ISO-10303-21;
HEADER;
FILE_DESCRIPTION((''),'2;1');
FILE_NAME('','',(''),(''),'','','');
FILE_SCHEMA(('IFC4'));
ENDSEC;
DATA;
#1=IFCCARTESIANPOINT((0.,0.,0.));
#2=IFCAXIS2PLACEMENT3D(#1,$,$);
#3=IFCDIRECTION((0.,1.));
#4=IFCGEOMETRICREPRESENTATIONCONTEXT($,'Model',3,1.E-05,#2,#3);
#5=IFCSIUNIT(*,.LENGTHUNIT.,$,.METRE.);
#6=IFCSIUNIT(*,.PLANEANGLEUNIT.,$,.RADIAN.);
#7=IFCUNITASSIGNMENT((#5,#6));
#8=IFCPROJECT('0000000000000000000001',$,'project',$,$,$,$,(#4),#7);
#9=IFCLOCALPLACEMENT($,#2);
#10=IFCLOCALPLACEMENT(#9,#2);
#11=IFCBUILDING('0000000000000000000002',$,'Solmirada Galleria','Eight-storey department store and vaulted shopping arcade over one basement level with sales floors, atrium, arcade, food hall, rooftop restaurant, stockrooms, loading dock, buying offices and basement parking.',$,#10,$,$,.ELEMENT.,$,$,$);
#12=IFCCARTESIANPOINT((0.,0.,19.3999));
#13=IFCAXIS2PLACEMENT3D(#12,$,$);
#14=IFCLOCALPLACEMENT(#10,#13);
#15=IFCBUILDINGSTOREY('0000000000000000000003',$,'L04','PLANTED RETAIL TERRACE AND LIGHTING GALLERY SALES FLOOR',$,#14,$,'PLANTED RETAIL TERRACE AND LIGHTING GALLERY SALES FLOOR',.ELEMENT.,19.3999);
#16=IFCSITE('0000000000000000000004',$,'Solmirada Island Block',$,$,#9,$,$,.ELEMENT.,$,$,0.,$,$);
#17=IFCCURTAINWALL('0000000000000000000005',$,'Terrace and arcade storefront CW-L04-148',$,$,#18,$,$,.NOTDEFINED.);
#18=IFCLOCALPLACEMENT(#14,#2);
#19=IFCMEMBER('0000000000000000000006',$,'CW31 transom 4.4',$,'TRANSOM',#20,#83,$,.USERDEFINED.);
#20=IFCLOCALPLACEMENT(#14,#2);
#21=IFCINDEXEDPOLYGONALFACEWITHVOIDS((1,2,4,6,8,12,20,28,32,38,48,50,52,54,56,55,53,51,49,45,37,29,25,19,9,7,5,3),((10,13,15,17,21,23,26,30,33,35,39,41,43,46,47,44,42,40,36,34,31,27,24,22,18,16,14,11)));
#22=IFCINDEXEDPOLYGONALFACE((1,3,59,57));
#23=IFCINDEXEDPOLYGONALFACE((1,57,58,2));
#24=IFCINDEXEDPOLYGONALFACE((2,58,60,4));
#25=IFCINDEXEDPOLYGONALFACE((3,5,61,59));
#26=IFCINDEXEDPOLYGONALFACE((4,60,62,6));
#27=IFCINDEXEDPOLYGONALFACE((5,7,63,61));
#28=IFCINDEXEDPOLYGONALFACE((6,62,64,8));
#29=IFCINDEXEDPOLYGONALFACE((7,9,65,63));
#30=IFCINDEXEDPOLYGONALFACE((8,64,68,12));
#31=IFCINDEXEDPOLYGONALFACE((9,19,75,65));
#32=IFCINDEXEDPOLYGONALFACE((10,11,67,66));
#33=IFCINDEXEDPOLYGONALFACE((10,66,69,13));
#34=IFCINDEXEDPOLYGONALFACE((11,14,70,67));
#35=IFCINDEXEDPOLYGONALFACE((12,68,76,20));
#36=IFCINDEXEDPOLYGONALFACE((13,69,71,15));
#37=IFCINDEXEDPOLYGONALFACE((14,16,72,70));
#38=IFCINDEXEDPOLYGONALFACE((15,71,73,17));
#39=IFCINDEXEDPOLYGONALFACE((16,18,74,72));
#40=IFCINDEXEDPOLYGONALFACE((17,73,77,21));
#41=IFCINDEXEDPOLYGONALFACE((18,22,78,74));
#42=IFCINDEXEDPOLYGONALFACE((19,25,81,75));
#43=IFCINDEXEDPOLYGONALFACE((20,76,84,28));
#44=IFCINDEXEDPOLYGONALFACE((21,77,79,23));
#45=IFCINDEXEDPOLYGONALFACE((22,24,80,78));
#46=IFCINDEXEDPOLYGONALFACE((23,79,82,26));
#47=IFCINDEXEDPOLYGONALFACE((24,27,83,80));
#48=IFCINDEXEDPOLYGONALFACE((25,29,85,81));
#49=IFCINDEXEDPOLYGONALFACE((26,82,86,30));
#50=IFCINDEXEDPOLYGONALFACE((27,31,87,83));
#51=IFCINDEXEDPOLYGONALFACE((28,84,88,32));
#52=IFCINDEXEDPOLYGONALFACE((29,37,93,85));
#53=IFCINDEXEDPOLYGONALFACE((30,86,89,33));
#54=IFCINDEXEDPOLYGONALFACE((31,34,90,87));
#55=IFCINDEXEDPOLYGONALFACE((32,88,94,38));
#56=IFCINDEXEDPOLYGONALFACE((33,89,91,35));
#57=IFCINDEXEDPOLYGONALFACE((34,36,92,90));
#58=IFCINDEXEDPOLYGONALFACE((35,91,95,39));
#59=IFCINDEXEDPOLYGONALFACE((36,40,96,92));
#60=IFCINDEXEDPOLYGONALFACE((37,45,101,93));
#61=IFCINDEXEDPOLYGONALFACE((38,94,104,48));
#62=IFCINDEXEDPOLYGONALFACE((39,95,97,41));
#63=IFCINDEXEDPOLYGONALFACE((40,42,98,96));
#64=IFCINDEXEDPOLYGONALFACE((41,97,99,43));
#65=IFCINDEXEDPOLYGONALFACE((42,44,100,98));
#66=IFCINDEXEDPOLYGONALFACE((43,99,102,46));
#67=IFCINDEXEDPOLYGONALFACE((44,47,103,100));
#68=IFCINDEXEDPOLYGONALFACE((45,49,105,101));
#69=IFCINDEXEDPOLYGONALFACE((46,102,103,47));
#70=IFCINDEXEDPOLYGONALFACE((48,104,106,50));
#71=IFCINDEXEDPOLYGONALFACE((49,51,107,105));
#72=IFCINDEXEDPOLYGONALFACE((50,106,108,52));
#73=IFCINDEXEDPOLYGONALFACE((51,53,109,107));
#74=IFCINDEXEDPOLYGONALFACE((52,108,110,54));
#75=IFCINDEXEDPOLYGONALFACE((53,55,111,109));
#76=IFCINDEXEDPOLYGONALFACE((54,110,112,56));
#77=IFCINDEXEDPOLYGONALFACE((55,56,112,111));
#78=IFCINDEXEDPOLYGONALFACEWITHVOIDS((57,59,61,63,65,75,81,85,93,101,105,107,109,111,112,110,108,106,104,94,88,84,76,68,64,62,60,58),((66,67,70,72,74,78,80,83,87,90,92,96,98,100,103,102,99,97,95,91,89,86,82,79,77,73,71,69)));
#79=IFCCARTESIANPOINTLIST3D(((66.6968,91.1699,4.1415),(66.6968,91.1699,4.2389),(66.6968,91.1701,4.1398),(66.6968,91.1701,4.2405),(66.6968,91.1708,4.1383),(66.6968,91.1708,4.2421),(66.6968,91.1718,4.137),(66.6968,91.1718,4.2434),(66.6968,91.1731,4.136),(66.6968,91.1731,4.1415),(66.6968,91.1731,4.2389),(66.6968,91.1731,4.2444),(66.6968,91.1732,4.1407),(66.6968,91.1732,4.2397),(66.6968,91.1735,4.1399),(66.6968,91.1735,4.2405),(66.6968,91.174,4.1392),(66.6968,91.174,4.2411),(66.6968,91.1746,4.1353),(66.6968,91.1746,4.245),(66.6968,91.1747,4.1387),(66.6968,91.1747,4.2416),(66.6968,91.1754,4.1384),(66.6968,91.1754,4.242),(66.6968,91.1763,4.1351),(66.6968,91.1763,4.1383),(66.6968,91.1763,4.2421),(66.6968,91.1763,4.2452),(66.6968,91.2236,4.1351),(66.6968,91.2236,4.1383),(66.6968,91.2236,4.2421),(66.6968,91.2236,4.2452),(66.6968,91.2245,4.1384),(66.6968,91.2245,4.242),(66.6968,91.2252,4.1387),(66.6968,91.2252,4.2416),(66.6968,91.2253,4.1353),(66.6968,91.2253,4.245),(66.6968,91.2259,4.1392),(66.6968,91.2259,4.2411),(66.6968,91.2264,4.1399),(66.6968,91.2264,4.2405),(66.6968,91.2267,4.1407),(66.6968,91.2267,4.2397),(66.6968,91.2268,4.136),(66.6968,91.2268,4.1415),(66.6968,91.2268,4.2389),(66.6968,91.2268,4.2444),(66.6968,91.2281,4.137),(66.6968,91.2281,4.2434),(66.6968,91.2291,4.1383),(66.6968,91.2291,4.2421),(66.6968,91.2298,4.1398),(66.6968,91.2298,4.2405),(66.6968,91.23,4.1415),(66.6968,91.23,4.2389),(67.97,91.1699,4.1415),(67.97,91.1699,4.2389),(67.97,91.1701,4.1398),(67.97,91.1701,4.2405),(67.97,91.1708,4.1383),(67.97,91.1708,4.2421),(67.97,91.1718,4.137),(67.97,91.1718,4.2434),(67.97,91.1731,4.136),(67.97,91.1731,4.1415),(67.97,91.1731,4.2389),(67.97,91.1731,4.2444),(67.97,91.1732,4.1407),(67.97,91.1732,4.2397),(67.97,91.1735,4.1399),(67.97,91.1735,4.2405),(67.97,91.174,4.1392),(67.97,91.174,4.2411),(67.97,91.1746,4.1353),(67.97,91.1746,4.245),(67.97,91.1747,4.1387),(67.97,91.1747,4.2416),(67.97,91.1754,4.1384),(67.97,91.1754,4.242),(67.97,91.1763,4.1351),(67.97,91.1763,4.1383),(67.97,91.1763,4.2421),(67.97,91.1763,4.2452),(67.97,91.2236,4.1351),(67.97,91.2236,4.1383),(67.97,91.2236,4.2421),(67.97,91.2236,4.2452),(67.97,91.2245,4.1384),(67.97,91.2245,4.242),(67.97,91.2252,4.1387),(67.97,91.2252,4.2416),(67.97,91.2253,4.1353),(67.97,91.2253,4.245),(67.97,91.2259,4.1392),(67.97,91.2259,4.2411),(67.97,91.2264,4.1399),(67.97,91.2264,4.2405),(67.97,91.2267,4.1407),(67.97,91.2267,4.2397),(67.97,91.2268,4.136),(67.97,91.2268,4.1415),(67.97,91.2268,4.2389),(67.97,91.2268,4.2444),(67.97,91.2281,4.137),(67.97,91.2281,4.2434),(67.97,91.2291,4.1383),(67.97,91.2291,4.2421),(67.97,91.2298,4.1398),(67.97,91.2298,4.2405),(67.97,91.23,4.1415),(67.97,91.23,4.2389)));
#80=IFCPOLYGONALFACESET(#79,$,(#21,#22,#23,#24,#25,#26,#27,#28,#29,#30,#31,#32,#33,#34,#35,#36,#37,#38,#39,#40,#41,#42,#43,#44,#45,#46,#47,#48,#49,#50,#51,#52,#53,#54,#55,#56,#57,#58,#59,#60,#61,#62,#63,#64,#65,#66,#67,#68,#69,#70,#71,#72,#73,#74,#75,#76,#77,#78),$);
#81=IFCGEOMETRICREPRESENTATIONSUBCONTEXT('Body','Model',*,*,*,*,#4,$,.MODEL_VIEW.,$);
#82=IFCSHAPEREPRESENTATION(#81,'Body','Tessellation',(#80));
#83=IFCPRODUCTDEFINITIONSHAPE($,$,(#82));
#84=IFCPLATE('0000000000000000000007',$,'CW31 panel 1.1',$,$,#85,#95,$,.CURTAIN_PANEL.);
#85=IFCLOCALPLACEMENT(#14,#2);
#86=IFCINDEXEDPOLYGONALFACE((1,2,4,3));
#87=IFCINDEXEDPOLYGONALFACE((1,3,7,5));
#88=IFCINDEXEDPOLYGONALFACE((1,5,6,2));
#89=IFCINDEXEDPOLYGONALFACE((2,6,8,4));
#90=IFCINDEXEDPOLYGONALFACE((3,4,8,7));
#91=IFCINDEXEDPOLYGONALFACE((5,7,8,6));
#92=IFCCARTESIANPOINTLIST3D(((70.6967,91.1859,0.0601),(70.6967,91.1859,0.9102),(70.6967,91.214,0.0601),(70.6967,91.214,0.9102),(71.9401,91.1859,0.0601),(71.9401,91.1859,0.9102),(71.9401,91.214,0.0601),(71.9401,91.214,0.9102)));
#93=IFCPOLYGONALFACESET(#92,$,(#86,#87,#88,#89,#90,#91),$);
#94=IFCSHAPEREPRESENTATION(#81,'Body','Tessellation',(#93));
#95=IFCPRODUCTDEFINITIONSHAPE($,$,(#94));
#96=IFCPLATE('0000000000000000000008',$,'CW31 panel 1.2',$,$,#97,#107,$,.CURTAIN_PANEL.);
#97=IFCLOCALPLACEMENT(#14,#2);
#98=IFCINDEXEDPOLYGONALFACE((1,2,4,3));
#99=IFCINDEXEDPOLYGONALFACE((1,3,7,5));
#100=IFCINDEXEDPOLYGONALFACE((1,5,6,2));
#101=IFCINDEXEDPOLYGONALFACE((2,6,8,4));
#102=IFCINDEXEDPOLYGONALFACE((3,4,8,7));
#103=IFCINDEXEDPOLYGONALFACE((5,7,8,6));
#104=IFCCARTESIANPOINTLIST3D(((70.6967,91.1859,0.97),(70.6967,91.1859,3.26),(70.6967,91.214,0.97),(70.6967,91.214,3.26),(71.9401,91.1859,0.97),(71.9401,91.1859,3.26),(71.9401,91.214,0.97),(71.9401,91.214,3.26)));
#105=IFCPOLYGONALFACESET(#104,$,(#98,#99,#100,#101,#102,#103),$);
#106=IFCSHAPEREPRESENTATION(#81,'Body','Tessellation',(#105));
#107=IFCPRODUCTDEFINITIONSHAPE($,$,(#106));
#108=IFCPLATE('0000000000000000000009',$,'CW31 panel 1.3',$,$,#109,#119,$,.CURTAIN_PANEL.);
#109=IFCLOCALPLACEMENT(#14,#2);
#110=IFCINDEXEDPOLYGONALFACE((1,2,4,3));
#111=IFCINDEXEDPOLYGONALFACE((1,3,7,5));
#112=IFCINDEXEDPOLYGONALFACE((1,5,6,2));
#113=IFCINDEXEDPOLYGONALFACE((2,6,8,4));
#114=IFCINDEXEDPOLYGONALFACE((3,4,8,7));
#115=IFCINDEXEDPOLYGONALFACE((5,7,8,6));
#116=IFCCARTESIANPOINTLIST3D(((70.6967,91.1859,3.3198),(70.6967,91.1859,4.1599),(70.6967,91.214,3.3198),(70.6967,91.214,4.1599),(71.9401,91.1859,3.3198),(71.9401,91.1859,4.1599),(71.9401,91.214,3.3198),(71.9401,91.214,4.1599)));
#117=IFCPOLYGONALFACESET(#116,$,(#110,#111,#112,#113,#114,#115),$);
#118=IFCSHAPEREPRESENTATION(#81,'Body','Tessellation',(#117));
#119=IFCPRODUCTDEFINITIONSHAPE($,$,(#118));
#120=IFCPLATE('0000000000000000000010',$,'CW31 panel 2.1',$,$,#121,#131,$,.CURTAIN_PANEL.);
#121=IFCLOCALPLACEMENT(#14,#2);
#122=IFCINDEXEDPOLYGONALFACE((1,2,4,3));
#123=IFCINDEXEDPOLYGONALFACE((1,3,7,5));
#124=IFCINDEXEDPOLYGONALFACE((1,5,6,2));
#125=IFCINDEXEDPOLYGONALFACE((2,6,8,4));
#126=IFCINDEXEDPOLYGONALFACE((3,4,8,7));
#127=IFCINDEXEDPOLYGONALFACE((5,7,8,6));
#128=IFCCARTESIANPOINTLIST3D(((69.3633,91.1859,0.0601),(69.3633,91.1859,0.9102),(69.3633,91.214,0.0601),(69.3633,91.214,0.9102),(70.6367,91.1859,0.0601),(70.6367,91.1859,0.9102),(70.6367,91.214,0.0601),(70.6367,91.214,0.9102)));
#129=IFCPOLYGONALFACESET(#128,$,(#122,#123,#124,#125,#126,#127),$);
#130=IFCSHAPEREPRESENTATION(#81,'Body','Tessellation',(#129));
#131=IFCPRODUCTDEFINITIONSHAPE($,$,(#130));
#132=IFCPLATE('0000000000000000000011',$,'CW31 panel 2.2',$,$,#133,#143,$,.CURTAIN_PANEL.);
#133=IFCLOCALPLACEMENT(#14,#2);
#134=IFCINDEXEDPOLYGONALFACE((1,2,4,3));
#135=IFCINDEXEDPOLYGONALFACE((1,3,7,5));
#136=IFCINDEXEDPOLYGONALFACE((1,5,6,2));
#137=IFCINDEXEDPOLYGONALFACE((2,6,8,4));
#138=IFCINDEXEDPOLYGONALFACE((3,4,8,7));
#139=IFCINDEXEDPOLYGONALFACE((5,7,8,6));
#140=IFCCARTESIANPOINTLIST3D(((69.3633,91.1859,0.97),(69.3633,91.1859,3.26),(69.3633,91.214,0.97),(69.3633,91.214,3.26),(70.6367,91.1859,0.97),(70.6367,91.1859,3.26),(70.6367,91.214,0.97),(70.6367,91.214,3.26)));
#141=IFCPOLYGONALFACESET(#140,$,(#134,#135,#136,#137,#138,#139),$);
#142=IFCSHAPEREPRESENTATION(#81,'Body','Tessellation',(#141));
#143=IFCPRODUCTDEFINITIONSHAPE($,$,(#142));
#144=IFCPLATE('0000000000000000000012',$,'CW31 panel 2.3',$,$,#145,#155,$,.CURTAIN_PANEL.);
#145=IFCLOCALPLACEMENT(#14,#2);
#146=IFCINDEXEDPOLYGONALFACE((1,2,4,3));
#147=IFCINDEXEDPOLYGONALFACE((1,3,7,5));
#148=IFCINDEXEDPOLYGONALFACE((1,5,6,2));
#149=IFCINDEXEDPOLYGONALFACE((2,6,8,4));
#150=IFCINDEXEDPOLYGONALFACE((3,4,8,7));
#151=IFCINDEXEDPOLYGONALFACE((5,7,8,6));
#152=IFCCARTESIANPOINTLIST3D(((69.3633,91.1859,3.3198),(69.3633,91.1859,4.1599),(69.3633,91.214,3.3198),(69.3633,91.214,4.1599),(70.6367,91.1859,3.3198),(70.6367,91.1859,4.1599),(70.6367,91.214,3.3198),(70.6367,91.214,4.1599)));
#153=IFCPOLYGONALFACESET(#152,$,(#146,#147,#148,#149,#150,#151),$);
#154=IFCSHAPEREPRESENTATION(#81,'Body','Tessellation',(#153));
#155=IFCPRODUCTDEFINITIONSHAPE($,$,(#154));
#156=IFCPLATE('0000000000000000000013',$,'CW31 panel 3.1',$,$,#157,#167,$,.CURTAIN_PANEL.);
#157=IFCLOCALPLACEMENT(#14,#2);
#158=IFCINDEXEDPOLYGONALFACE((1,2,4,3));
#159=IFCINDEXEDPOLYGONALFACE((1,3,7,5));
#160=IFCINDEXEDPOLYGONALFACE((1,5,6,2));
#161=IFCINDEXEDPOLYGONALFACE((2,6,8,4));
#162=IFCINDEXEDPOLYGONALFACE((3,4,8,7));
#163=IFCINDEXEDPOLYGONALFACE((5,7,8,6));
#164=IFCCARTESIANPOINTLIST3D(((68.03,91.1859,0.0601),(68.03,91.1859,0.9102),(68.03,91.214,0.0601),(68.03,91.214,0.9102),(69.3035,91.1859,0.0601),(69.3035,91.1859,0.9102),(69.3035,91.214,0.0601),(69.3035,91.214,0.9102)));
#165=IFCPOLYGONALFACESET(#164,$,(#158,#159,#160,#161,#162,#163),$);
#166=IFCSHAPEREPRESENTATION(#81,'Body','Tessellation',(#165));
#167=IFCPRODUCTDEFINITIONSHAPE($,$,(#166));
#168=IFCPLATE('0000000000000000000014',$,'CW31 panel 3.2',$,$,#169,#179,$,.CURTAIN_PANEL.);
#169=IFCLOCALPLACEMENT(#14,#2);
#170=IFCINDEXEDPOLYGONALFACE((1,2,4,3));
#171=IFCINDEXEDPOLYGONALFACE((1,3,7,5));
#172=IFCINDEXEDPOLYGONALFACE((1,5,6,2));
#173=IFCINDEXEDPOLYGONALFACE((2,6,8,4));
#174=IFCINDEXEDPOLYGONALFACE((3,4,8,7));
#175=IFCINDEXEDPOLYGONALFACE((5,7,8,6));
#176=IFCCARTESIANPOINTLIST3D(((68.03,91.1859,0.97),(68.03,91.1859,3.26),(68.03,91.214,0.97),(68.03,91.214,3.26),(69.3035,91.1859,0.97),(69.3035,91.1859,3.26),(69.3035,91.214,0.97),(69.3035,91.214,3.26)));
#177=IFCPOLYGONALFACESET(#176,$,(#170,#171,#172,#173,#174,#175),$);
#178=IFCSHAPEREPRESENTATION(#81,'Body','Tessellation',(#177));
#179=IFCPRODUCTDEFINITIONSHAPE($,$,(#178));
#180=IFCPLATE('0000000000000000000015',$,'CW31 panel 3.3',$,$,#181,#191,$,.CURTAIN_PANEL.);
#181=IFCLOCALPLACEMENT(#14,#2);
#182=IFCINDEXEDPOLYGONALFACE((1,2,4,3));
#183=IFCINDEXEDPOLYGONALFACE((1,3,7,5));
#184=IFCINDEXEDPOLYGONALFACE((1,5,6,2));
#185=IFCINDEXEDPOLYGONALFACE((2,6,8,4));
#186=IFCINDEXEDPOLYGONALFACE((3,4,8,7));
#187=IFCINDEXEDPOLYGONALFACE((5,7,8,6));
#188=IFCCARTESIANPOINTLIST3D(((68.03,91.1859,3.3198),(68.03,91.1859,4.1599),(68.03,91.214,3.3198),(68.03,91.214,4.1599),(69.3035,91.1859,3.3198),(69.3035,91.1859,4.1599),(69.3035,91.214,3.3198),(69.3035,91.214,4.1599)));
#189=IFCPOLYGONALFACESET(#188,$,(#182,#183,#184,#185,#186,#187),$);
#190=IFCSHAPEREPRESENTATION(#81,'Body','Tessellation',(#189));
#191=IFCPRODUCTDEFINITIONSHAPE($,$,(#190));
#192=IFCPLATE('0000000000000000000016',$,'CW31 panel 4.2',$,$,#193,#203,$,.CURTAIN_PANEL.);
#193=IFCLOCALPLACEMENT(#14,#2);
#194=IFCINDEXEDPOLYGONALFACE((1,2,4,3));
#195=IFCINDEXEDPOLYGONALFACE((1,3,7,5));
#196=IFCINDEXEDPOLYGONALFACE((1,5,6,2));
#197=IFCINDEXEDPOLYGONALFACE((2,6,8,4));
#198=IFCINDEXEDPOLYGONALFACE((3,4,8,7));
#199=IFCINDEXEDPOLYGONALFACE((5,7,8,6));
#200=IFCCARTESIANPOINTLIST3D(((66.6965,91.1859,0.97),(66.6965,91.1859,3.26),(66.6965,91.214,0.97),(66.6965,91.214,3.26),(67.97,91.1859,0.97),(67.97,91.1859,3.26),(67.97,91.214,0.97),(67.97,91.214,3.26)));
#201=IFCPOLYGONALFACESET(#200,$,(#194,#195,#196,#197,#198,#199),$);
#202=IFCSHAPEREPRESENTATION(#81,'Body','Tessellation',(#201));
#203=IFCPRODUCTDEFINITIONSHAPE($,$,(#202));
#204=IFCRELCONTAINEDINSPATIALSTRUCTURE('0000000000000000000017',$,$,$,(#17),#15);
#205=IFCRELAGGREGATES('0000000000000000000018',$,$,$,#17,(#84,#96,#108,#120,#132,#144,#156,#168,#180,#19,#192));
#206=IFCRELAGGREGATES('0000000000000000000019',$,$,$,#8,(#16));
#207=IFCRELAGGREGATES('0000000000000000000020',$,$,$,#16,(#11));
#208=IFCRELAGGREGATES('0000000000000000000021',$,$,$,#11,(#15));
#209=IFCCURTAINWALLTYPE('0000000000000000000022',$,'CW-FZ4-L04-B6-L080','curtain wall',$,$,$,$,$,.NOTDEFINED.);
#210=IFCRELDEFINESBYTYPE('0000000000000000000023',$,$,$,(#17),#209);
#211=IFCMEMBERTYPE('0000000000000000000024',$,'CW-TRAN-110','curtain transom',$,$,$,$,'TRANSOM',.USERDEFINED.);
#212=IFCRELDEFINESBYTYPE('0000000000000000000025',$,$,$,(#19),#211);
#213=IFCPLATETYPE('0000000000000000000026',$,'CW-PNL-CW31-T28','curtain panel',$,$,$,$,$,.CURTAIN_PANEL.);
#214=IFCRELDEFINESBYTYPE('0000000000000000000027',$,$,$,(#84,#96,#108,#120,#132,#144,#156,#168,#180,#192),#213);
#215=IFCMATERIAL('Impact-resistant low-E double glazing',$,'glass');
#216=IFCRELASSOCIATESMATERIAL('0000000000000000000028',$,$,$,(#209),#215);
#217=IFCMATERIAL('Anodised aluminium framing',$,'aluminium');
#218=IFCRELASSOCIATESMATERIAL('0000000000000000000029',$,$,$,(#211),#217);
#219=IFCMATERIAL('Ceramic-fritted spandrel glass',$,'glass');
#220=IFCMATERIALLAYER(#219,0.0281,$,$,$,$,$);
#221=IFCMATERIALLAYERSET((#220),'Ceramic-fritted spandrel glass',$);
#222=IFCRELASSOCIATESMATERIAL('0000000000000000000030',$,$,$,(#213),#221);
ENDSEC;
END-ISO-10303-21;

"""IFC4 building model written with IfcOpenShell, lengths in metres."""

from ifc_helpers import new_model, si_unit, direction, frame, origin, origin_2d, place, context, subcontext, project, spatial, rectangle, hollow_rectangle, extrude, material, layer, layer_set, material_profile, profile_set, type_object, element, aggregate, save


model = new_model("IFC4")

# Units and contexts
model_context = context("Model", 3, precision=1e-05, world=origin(), true_north=direction((0.0, 1.0)))
body_context = subcontext(model_context, "Body", "Model", "MODEL_VIEW")
ifc_project = project(units=[si_unit("LENGTHUNIT", "METRE"), si_unit("PLANEANGLEUNIT", "RADIAN")], contexts=[model_context])

# Site, building, storey
site_placement = place(None, origin())
site = spatial("IfcSite", under=ifc_project, at=site_placement, Name="Solmirada Island Block", CompositionType="ELEMENT", RefElevation=0.0)
building_placement = place(site_placement, origin())
building = spatial("IfcBuilding", under=site, at=building_placement, Name="Solmirada Galleria", Description="Eight-storey department store and vaulted shopping arcade over one basement level with sales floors, atrium, arcade, food hall, rooftop restaurant, stockrooms, loading dock, buying offices and basement parking.", CompositionType="ELEMENT")
storey_placement = place(building_placement, frame((0.0, 0.0, 19.3999)))
storey = spatial("IfcBuildingStorey", under=building, at=storey_placement, Name="L04", Description="PLANTED RETAIL TERRACE AND LIGHTING GALLERY SALES FLOOR", LongName="PLANTED RETAIL TERRACE AND LIGHTING GALLERY SALES FLOOR", CompositionType="ELEMENT", Elevation=19.3999)

# Curtain wall, member, plates
ifc_material_1 = material(Name="Impact-resistant low-E double glazing", Category="glass")
curtain_wall_type = type_object("IfcCurtainWallType", Name="CW-FZ4-L04-B6-L080", Description="curtain wall", PredefinedType="NOTDEFINED", material=ifc_material_1)
curtain_wall_placement = place(storey_placement, origin())
curtain_wall = element("IfcCurtainWall", 1, at=curtain_wall_placement, inside=storey, type_object=curtain_wall_type, Name="Terrace and arcade storefront CW-L04-148", PredefinedType="NOTDEFINED")
ifc_material_2 = material(Name="Anodised aluminium framing", Category="aluminium")
ifc_material_profile_1 = material_profile(ifc_material_2, hollow_rectangle(XDim=0.0601, YDim=0.1101, WallThickness=0.0032, InnerFilletRadius=0.0032, OuterFilletRadius=0.0063, at=origin_2d()), Name="ALU-TRAN-110X60")
ifc_profile_set_1 = profile_set([ifc_material_profile_1], Name="Anodised aluminium framing")
member_type_1 = type_object("IfcMemberType", Name="CW-TRAN-110", Description="curtain transom", ElementType="TRANSOM", PredefinedType="USERDEFINED", material=ifc_profile_set_1)
member_1_placement = place(storey_placement, frame((67.97, 91.2, 4.1902), z_axis=(-1.0, 0.0, 0.0), x_axis=(0.0, -1.0, 0.0)))
member_1 = element("IfcMember", 2, at=member_1_placement, type_object=member_type_1, Name="CW31 transom 4.4", ObjectType="TRANSOM", PredefinedType="USERDEFINED", context=body_context, shape_type="SweptSolid", body=[
    extrude(hollow_rectangle(XDim=0.0601, YDim=0.1101, WallThickness=0.0032, InnerFilletRadius=0.0032, OuterFilletRadius=0.0063, at=origin_2d()), origin(), (0.0, 0.0, 1.0), 1.2732),
])
ifc_material_3 = material(Name="Ceramic-fritted spandrel glass", Category="glass")
ifc_layer = layer(ifc_material_3, 0.0281)
ifc_layer_set = layer_set([ifc_layer], Name="Ceramic-fritted spandrel glass")
plate_type = type_object("IfcPlateType", Name="CW-PNL-CW31-T28", Description="curtain panel", PredefinedType="CURTAIN_PANEL", material=ifc_layer_set)
plate_1_placement = place(storey_placement, frame((71.3184, 91.2, 0.0601), z_axis=(0.0, 0.0, 1.0), x_axis=(-1.0, 0.0, 0.0)))
plate_1 = element("IfcPlate", 3, at=plate_1_placement, type_object=plate_type, Name="CW31 panel 1.1", PredefinedType="CURTAIN_PANEL", context=body_context, shape_type="SweptSolid", body=[
    extrude(rectangle(XDim=1.2434, YDim=0.0281, at=origin_2d()), origin(), (0.0, 0.0, 1.0), 0.8501),
])
plate_2_placement = place(storey_placement, frame((71.3184, 91.2, 0.97), z_axis=(0.0, 0.0, 1.0), x_axis=(-1.0, 0.0, 0.0)))
plate_2 = element("IfcPlate", 4, at=plate_2_placement, type_object=plate_type, Name="CW31 panel 1.2", PredefinedType="CURTAIN_PANEL", context=body_context, shape_type="SweptSolid", body=[
    extrude(rectangle(XDim=1.2434, YDim=0.0281, at=origin_2d()), origin(), (0.0, 0.0, 1.0), 2.29),
])
plate_3_placement = place(storey_placement, frame((71.3184, 91.2, 3.3198), z_axis=(0.0, 0.0, 1.0), x_axis=(-1.0, 0.0, 0.0)))
plate_3 = element("IfcPlate", 5, at=plate_3_placement, type_object=plate_type, Name="CW31 panel 1.3", PredefinedType="CURTAIN_PANEL", context=body_context, shape_type="SweptSolid", body=[
    extrude(rectangle(XDim=1.2434, YDim=0.0281, at=origin_2d()), origin(), (0.0, 0.0, 1.0), 0.8401),
])
plate_4_placement = place(storey_placement, frame((70.0, 91.2, 0.0601), z_axis=(0.0, 0.0, 1.0), x_axis=(-1.0, 0.0, 0.0)))
plate_4 = element("IfcPlate", 6, at=plate_4_placement, type_object=plate_type, Name="CW31 panel 2.1", PredefinedType="CURTAIN_PANEL", context=body_context, shape_type="SweptSolid", body=[
    extrude(rectangle(XDim=1.2734, YDim=0.0281, at=origin_2d()), origin(), (0.0, 0.0, 1.0), 0.8501),
])
plate_5_placement = place(storey_placement, frame((70.0, 91.2, 0.97), z_axis=(0.0, 0.0, 1.0), x_axis=(-1.0, 0.0, 0.0)))
plate_5 = element("IfcPlate", 7, at=plate_5_placement, type_object=plate_type, Name="CW31 panel 2.2", PredefinedType="CURTAIN_PANEL", context=body_context, shape_type="SweptSolid", body=[
    extrude(rectangle(XDim=1.2734, YDim=0.0281, at=origin_2d()), origin(), (0.0, 0.0, 1.0), 2.29),
])
plate_6_placement = place(storey_placement, frame((70.0, 91.2, 3.3198), z_axis=(0.0, 0.0, 1.0), x_axis=(-1.0, 0.0, 0.0)))
plate_6 = element("IfcPlate", 8, at=plate_6_placement, type_object=plate_type, Name="CW31 panel 2.3", PredefinedType="CURTAIN_PANEL", context=body_context, shape_type="SweptSolid", body=[
    extrude(rectangle(XDim=1.2734, YDim=0.0281, at=origin_2d()), origin(), (0.0, 0.0, 1.0), 0.8401),
])
plate_7_placement = place(storey_placement, frame((68.6667, 91.2, 0.0601), z_axis=(0.0, 0.0, 1.0), x_axis=(-1.0, 0.0, 0.0)))
plate_7 = element("IfcPlate", 9, at=plate_7_placement, type_object=plate_type, Name="CW31 panel 3.1", PredefinedType="CURTAIN_PANEL", context=body_context, shape_type="SweptSolid", body=[
    extrude(rectangle(XDim=1.2734, YDim=0.0281, at=origin_2d()), origin(), (0.0, 0.0, 1.0), 0.8501),
])
plate_8_placement = place(storey_placement, frame((68.6667, 91.2, 0.97), z_axis=(0.0, 0.0, 1.0), x_axis=(-1.0, 0.0, 0.0)))
plate_8 = element("IfcPlate", 10, at=plate_8_placement, type_object=plate_type, Name="CW31 panel 3.2", PredefinedType="CURTAIN_PANEL", context=body_context, shape_type="SweptSolid", body=[
    extrude(rectangle(XDim=1.2734, YDim=0.0281, at=origin_2d()), origin(), (0.0, 0.0, 1.0), 2.29),
])
plate_9_placement = place(storey_placement, frame((68.6667, 91.2, 3.3198), z_axis=(0.0, 0.0, 1.0), x_axis=(-1.0, 0.0, 0.0)))
plate_9 = element("IfcPlate", 11, at=plate_9_placement, type_object=plate_type, Name="CW31 panel 3.3", PredefinedType="CURTAIN_PANEL", context=body_context, shape_type="SweptSolid", body=[
    extrude(rectangle(XDim=1.2734, YDim=0.0281, at=origin_2d()), origin(), (0.0, 0.0, 1.0), 0.8401),
])
plate_10_placement = place(storey_placement, frame((67.3333, 91.2, 0.97), z_axis=(0.0, 0.0, 1.0), x_axis=(-1.0, 0.0, 0.0)))
plate_10 = element("IfcPlate", 12, at=plate_10_placement, type_object=plate_type, Name="CW31 panel 4.2", PredefinedType="CURTAIN_PANEL", context=body_context, shape_type="SweptSolid", body=[
    extrude(rectangle(XDim=1.2734, YDim=0.0281, at=origin_2d()), origin(), (0.0, 0.0, 1.0), 2.29),
])
aggregate(curtain_wall, [plate_1, plate_2, plate_3, plate_4, plate_5, plate_6, plate_7, plate_8, plate_9, member_1, plate_10])

save(model, "model.ifc")
